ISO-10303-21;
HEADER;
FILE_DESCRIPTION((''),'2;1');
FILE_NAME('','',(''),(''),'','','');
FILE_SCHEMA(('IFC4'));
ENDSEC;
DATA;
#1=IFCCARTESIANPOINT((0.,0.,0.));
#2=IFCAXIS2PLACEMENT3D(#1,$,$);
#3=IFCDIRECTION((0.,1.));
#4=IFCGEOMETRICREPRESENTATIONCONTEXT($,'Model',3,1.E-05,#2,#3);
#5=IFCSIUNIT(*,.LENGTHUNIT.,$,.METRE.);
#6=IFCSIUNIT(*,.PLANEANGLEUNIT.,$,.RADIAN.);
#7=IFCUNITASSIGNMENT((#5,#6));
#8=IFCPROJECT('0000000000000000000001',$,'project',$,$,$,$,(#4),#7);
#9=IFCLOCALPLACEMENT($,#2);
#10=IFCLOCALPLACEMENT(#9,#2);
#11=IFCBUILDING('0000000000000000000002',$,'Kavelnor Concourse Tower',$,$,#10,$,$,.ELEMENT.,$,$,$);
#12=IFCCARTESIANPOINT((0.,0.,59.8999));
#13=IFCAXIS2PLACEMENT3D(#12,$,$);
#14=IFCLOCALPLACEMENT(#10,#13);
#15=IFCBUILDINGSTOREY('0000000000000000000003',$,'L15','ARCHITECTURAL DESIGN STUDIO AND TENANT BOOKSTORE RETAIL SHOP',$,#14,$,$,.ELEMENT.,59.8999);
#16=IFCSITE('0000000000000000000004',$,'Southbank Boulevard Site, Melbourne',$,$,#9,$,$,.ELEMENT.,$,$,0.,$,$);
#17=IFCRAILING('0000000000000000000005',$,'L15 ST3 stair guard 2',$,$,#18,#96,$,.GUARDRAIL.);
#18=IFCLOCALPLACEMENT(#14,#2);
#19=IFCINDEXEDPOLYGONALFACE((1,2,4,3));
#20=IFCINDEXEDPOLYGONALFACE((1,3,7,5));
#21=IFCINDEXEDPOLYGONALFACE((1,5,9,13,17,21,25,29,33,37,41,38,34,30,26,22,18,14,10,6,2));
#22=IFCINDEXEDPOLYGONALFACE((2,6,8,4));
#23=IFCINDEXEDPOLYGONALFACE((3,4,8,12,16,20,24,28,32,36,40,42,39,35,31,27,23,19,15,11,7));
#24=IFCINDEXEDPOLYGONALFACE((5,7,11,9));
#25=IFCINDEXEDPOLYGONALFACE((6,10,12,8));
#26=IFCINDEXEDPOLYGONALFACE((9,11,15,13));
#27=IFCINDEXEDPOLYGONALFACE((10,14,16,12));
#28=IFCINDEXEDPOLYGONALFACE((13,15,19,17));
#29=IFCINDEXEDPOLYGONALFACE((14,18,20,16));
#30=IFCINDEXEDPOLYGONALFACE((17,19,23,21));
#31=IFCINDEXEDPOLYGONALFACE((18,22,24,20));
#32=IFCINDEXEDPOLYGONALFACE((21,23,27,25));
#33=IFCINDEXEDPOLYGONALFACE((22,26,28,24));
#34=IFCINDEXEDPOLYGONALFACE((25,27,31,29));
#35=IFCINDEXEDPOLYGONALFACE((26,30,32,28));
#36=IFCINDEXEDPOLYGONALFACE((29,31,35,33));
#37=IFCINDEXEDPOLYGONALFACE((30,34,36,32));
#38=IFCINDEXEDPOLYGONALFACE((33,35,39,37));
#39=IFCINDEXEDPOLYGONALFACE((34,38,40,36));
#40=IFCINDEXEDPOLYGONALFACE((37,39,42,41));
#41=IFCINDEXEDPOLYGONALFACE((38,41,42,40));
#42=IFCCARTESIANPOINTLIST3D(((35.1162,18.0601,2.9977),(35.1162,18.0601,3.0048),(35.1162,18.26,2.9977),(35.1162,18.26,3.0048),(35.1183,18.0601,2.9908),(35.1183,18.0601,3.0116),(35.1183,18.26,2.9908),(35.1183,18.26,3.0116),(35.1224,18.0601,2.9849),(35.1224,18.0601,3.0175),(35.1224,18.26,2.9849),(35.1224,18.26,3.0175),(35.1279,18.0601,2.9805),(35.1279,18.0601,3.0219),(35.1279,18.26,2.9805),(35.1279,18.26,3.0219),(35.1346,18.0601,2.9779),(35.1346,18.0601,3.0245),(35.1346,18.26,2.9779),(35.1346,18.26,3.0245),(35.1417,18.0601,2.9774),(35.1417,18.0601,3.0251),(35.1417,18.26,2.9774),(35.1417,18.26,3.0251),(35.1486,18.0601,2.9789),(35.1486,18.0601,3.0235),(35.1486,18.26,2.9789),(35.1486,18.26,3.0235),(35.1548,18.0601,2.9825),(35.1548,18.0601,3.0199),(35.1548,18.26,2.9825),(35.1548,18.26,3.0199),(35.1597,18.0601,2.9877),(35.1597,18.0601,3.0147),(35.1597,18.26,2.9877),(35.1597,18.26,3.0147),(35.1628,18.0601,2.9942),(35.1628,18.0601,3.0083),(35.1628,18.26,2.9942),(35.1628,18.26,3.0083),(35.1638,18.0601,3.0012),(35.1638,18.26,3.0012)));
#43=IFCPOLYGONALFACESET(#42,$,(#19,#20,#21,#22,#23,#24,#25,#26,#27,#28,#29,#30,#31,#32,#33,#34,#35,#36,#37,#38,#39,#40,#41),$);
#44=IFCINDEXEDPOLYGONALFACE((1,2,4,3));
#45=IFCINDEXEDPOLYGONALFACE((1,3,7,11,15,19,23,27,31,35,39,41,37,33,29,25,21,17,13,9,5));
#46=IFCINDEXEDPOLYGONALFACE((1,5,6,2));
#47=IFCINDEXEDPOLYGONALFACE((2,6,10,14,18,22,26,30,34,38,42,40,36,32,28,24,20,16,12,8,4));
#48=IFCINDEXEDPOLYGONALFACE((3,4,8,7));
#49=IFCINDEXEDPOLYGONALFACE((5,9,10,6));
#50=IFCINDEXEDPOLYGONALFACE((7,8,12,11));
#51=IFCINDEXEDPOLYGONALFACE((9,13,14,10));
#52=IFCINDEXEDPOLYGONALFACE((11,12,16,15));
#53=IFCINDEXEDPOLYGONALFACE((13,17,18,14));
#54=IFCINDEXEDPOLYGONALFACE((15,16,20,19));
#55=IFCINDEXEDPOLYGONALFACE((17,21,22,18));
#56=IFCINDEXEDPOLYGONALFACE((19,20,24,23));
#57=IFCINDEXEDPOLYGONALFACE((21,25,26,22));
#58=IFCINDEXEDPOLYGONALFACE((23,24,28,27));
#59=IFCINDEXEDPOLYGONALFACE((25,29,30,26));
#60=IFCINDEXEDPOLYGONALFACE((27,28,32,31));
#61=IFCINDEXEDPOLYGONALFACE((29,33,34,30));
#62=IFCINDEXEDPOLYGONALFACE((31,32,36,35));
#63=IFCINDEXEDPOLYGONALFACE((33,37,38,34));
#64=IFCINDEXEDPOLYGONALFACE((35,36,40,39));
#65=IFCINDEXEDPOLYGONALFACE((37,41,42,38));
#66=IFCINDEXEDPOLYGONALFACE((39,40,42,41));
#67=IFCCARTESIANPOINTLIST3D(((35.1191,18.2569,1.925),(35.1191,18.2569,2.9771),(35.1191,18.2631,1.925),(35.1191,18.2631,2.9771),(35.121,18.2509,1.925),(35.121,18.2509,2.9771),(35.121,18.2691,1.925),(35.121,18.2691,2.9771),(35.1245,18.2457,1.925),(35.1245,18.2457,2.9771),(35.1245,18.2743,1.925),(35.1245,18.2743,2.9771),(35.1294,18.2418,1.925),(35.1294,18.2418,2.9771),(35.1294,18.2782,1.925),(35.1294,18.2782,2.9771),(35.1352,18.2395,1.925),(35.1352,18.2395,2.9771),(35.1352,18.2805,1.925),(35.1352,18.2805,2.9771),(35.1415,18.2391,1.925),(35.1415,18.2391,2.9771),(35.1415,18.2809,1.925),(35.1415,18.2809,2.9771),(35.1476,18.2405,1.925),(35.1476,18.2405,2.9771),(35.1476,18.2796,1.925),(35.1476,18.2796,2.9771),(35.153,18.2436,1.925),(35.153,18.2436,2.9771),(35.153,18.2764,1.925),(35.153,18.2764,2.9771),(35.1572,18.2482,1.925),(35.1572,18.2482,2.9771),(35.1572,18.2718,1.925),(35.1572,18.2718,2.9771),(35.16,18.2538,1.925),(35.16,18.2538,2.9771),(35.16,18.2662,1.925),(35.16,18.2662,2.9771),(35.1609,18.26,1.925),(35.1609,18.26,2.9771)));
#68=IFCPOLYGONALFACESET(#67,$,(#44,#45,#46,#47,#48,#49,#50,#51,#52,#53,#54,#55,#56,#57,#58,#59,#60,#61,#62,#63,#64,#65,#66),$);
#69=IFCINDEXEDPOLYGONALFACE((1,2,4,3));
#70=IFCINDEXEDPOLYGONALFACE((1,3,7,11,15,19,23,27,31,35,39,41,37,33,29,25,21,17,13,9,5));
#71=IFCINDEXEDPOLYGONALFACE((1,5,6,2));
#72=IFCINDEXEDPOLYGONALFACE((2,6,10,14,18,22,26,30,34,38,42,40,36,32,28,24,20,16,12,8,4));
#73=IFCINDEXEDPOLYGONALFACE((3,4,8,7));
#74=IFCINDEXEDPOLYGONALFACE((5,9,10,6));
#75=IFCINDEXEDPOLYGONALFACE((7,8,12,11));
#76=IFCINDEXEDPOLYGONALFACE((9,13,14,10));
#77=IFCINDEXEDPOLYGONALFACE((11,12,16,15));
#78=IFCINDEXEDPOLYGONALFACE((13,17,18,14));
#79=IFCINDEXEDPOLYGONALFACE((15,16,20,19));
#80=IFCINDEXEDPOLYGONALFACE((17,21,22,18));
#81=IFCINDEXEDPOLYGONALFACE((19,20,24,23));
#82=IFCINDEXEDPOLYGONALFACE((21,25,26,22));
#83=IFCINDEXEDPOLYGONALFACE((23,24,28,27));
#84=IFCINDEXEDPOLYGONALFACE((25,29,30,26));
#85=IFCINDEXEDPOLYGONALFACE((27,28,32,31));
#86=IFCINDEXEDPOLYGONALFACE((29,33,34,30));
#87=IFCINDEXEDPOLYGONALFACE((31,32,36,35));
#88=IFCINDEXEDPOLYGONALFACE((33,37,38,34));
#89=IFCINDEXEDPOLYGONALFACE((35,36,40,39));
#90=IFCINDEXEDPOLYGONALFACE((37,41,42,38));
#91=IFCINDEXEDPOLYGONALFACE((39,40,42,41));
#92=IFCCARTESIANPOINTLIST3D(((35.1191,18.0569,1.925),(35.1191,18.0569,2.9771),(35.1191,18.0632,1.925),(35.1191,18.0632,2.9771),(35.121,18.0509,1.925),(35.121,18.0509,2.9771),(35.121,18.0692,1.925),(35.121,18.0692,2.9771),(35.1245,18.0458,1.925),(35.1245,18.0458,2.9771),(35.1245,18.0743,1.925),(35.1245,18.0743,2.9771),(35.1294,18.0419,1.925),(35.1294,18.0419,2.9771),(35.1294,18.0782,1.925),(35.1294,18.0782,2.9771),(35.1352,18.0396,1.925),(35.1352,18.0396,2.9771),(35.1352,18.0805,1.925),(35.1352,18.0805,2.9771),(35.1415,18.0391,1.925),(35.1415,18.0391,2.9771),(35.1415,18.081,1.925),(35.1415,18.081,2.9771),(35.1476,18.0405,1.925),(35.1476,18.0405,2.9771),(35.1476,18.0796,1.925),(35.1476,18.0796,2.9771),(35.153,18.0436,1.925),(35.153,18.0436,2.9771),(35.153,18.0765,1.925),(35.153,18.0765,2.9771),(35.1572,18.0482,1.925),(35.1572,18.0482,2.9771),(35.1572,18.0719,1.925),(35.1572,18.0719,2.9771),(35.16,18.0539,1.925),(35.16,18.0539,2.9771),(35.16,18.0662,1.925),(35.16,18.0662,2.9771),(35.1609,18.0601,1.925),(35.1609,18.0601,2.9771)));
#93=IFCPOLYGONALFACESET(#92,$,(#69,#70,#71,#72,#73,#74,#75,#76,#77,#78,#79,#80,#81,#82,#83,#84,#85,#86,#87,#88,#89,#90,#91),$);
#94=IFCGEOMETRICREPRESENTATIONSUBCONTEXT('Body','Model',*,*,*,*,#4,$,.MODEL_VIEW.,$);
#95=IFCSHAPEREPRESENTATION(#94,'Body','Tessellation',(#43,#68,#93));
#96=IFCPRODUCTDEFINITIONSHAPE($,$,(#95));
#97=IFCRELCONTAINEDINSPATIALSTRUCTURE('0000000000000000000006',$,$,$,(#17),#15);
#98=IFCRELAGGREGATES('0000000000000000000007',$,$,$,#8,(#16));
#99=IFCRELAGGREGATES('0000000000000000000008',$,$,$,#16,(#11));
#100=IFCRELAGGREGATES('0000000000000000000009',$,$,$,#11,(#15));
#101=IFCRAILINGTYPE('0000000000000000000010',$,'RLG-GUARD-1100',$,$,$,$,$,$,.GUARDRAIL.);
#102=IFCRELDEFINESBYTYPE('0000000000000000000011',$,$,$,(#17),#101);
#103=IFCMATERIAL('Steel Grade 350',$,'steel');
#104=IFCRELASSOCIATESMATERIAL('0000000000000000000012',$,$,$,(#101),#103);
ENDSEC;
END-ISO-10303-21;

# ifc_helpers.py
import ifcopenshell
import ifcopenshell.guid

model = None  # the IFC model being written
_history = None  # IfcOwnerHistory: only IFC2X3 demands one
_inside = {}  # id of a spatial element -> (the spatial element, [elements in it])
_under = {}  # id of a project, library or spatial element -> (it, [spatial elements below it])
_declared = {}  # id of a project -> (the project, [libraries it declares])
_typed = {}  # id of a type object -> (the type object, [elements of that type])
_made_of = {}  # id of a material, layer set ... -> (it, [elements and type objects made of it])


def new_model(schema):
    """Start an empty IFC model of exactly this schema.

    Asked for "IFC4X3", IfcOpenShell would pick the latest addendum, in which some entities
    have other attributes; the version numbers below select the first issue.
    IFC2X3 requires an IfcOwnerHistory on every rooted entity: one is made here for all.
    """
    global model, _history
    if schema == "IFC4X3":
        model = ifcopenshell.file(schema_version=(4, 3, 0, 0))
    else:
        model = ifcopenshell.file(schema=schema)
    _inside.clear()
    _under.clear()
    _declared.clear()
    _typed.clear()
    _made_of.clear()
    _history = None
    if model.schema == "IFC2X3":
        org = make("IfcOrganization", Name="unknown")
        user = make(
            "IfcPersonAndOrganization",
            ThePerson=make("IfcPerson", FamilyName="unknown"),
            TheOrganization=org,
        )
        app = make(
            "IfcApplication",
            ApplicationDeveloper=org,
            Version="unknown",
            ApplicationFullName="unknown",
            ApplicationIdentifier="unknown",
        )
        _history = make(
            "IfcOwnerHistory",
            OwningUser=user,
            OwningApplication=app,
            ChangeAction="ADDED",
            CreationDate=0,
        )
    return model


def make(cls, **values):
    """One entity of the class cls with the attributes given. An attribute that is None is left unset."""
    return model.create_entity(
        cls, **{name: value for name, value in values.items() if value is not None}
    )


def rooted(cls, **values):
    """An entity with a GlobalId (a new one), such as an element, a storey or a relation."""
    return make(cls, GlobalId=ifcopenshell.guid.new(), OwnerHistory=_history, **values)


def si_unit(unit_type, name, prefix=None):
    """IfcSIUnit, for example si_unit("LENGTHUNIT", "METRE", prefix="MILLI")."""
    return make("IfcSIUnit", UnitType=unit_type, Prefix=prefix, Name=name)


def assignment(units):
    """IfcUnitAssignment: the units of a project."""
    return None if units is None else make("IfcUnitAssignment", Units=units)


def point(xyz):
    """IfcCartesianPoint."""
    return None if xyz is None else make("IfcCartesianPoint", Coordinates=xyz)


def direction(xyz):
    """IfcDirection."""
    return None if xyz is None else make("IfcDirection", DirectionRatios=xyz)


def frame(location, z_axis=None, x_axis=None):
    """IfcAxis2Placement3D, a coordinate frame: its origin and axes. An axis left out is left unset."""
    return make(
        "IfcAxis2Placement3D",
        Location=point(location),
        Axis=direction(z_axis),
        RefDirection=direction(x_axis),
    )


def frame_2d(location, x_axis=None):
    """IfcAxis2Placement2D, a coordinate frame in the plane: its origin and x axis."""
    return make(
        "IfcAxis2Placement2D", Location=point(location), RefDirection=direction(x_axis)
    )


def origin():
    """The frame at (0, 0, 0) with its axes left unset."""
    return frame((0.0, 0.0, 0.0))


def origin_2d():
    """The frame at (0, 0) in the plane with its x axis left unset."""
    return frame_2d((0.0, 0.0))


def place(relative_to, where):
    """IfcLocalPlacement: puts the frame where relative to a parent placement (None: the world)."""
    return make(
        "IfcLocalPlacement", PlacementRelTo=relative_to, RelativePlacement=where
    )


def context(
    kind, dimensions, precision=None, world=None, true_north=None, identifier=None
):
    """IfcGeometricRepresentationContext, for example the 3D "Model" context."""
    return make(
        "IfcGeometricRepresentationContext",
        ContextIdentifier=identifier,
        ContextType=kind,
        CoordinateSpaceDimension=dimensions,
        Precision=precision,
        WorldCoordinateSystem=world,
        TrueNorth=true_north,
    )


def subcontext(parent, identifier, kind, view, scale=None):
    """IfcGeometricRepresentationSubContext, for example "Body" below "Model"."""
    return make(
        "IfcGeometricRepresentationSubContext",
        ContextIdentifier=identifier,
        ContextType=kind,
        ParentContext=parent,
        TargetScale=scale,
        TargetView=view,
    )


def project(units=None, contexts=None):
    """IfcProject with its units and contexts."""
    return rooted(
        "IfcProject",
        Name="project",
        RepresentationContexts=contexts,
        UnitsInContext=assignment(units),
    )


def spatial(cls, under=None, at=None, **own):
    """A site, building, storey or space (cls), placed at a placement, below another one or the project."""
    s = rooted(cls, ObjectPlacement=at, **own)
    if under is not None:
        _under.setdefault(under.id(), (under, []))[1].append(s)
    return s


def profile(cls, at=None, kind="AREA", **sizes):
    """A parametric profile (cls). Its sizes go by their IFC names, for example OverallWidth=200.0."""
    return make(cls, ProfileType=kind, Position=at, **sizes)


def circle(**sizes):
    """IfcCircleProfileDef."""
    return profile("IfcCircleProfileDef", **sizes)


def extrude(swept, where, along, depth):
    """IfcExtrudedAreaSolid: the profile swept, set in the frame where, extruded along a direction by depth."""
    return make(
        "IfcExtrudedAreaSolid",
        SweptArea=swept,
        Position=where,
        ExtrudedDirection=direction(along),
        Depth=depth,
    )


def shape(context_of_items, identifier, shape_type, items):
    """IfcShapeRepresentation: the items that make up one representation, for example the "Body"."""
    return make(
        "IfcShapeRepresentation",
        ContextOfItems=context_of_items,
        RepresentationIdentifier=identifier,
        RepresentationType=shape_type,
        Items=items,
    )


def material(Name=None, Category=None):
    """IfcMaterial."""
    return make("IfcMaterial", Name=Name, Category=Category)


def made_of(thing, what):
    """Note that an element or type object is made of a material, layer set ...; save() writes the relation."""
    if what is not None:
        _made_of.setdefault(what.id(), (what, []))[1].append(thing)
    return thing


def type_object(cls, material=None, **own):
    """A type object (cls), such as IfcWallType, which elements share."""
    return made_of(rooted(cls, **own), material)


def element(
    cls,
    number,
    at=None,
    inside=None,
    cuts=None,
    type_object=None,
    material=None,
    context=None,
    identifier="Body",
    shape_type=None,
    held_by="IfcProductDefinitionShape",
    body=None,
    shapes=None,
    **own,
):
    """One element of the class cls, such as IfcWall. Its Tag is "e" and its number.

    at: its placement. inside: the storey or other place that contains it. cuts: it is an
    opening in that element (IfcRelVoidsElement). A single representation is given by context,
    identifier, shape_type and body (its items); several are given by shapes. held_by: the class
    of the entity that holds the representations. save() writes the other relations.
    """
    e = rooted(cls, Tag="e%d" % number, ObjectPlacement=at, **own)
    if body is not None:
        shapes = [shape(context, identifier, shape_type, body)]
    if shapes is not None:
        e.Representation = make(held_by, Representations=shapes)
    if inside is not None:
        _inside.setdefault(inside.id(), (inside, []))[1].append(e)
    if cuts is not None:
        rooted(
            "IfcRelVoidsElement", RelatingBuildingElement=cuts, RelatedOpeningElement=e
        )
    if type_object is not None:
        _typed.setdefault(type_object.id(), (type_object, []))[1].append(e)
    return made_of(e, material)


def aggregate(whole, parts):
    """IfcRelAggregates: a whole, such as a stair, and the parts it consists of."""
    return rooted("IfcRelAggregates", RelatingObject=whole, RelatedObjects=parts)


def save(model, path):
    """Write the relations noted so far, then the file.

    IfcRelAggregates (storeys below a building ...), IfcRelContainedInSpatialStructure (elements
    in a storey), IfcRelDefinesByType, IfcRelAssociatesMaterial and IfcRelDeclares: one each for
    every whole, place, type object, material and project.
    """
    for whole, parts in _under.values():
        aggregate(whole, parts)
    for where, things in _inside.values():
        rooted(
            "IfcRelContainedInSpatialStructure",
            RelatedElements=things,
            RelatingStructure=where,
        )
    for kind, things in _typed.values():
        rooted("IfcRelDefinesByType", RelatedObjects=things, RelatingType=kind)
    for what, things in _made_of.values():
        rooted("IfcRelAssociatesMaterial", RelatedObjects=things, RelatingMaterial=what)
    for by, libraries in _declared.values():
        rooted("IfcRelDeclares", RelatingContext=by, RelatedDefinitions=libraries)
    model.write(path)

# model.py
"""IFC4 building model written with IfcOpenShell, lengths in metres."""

from ifc_helpers import new_model, si_unit, direction, frame, origin, origin_2d, place, context, subcontext, project, spatial, circle, extrude, material, type_object, element, save


model = new_model("IFC4")

# Units and contexts
model_context = context("Model", 3, precision=1e-05, world=origin(), true_north=direction((0.0, 1.0)))
body_context = subcontext(model_context, "Body", "Model", "MODEL_VIEW")
ifc_project = project(units=[si_unit("LENGTHUNIT", "METRE"), si_unit("PLANEANGLEUNIT", "RADIAN")], contexts=[model_context])

# Site, building, storey
site_placement = place(None, origin())
site = spatial("IfcSite", under=ifc_project, at=site_placement, Name="Southbank Boulevard Site, Melbourne", CompositionType="ELEMENT", RefElevation=0.0)
building_placement = place(site_placement, origin())
building = spatial("IfcBuilding", under=site, at=building_placement, Name="Kavelnor Concourse Tower", CompositionType="ELEMENT")
storey_placement = place(building_placement, frame((0.0, 0.0, 59.8999)))
storey = spatial("IfcBuildingStorey", under=building, at=storey_placement, Name="L15", Description="ARCHITECTURAL DESIGN STUDIO AND TENANT BOOKSTORE RETAIL SHOP", CompositionType="ELEMENT", Elevation=59.8999)

# Shared definitions
ifc_material_1 = material(Name="Steel Grade 350", Category="steel")

# Railing
railing_type_1 = type_object("IfcRailingType", Name="RLG-GUARD-1100", PredefinedType="GUARDRAIL", material=ifc_material_1)
railing_1_placement = place(storey_placement, frame((35.1399, 18.26, 1.925)))
element("IfcRailing", 1, at=railing_1_placement, inside=storey, type_object=railing_type_1, Name="L15 ST3 stair guard 2", PredefinedType="GUARDRAIL", context=body_context, shape_type="SweptSolid", body=[
    extrude(circle(Radius=0.0239, at=origin_2d()), frame((0.0, 0.0, 1.0762), z_axis=(0.0, -1.0, 0.0), x_axis=(1.0, 0.0, 0.0)), (0.0, 0.0, 1.0), 0.2),
    extrude(circle(Radius=0.021, at=origin_2d()), origin(), (0.0, 0.0, 1.0), 1.052),
    extrude(circle(Radius=0.021, at=origin_2d()), frame((0.0, -0.2, 0.0)), (0.0, 0.0, 1.0), 1.052),
])

save(model, "model.ifc")
